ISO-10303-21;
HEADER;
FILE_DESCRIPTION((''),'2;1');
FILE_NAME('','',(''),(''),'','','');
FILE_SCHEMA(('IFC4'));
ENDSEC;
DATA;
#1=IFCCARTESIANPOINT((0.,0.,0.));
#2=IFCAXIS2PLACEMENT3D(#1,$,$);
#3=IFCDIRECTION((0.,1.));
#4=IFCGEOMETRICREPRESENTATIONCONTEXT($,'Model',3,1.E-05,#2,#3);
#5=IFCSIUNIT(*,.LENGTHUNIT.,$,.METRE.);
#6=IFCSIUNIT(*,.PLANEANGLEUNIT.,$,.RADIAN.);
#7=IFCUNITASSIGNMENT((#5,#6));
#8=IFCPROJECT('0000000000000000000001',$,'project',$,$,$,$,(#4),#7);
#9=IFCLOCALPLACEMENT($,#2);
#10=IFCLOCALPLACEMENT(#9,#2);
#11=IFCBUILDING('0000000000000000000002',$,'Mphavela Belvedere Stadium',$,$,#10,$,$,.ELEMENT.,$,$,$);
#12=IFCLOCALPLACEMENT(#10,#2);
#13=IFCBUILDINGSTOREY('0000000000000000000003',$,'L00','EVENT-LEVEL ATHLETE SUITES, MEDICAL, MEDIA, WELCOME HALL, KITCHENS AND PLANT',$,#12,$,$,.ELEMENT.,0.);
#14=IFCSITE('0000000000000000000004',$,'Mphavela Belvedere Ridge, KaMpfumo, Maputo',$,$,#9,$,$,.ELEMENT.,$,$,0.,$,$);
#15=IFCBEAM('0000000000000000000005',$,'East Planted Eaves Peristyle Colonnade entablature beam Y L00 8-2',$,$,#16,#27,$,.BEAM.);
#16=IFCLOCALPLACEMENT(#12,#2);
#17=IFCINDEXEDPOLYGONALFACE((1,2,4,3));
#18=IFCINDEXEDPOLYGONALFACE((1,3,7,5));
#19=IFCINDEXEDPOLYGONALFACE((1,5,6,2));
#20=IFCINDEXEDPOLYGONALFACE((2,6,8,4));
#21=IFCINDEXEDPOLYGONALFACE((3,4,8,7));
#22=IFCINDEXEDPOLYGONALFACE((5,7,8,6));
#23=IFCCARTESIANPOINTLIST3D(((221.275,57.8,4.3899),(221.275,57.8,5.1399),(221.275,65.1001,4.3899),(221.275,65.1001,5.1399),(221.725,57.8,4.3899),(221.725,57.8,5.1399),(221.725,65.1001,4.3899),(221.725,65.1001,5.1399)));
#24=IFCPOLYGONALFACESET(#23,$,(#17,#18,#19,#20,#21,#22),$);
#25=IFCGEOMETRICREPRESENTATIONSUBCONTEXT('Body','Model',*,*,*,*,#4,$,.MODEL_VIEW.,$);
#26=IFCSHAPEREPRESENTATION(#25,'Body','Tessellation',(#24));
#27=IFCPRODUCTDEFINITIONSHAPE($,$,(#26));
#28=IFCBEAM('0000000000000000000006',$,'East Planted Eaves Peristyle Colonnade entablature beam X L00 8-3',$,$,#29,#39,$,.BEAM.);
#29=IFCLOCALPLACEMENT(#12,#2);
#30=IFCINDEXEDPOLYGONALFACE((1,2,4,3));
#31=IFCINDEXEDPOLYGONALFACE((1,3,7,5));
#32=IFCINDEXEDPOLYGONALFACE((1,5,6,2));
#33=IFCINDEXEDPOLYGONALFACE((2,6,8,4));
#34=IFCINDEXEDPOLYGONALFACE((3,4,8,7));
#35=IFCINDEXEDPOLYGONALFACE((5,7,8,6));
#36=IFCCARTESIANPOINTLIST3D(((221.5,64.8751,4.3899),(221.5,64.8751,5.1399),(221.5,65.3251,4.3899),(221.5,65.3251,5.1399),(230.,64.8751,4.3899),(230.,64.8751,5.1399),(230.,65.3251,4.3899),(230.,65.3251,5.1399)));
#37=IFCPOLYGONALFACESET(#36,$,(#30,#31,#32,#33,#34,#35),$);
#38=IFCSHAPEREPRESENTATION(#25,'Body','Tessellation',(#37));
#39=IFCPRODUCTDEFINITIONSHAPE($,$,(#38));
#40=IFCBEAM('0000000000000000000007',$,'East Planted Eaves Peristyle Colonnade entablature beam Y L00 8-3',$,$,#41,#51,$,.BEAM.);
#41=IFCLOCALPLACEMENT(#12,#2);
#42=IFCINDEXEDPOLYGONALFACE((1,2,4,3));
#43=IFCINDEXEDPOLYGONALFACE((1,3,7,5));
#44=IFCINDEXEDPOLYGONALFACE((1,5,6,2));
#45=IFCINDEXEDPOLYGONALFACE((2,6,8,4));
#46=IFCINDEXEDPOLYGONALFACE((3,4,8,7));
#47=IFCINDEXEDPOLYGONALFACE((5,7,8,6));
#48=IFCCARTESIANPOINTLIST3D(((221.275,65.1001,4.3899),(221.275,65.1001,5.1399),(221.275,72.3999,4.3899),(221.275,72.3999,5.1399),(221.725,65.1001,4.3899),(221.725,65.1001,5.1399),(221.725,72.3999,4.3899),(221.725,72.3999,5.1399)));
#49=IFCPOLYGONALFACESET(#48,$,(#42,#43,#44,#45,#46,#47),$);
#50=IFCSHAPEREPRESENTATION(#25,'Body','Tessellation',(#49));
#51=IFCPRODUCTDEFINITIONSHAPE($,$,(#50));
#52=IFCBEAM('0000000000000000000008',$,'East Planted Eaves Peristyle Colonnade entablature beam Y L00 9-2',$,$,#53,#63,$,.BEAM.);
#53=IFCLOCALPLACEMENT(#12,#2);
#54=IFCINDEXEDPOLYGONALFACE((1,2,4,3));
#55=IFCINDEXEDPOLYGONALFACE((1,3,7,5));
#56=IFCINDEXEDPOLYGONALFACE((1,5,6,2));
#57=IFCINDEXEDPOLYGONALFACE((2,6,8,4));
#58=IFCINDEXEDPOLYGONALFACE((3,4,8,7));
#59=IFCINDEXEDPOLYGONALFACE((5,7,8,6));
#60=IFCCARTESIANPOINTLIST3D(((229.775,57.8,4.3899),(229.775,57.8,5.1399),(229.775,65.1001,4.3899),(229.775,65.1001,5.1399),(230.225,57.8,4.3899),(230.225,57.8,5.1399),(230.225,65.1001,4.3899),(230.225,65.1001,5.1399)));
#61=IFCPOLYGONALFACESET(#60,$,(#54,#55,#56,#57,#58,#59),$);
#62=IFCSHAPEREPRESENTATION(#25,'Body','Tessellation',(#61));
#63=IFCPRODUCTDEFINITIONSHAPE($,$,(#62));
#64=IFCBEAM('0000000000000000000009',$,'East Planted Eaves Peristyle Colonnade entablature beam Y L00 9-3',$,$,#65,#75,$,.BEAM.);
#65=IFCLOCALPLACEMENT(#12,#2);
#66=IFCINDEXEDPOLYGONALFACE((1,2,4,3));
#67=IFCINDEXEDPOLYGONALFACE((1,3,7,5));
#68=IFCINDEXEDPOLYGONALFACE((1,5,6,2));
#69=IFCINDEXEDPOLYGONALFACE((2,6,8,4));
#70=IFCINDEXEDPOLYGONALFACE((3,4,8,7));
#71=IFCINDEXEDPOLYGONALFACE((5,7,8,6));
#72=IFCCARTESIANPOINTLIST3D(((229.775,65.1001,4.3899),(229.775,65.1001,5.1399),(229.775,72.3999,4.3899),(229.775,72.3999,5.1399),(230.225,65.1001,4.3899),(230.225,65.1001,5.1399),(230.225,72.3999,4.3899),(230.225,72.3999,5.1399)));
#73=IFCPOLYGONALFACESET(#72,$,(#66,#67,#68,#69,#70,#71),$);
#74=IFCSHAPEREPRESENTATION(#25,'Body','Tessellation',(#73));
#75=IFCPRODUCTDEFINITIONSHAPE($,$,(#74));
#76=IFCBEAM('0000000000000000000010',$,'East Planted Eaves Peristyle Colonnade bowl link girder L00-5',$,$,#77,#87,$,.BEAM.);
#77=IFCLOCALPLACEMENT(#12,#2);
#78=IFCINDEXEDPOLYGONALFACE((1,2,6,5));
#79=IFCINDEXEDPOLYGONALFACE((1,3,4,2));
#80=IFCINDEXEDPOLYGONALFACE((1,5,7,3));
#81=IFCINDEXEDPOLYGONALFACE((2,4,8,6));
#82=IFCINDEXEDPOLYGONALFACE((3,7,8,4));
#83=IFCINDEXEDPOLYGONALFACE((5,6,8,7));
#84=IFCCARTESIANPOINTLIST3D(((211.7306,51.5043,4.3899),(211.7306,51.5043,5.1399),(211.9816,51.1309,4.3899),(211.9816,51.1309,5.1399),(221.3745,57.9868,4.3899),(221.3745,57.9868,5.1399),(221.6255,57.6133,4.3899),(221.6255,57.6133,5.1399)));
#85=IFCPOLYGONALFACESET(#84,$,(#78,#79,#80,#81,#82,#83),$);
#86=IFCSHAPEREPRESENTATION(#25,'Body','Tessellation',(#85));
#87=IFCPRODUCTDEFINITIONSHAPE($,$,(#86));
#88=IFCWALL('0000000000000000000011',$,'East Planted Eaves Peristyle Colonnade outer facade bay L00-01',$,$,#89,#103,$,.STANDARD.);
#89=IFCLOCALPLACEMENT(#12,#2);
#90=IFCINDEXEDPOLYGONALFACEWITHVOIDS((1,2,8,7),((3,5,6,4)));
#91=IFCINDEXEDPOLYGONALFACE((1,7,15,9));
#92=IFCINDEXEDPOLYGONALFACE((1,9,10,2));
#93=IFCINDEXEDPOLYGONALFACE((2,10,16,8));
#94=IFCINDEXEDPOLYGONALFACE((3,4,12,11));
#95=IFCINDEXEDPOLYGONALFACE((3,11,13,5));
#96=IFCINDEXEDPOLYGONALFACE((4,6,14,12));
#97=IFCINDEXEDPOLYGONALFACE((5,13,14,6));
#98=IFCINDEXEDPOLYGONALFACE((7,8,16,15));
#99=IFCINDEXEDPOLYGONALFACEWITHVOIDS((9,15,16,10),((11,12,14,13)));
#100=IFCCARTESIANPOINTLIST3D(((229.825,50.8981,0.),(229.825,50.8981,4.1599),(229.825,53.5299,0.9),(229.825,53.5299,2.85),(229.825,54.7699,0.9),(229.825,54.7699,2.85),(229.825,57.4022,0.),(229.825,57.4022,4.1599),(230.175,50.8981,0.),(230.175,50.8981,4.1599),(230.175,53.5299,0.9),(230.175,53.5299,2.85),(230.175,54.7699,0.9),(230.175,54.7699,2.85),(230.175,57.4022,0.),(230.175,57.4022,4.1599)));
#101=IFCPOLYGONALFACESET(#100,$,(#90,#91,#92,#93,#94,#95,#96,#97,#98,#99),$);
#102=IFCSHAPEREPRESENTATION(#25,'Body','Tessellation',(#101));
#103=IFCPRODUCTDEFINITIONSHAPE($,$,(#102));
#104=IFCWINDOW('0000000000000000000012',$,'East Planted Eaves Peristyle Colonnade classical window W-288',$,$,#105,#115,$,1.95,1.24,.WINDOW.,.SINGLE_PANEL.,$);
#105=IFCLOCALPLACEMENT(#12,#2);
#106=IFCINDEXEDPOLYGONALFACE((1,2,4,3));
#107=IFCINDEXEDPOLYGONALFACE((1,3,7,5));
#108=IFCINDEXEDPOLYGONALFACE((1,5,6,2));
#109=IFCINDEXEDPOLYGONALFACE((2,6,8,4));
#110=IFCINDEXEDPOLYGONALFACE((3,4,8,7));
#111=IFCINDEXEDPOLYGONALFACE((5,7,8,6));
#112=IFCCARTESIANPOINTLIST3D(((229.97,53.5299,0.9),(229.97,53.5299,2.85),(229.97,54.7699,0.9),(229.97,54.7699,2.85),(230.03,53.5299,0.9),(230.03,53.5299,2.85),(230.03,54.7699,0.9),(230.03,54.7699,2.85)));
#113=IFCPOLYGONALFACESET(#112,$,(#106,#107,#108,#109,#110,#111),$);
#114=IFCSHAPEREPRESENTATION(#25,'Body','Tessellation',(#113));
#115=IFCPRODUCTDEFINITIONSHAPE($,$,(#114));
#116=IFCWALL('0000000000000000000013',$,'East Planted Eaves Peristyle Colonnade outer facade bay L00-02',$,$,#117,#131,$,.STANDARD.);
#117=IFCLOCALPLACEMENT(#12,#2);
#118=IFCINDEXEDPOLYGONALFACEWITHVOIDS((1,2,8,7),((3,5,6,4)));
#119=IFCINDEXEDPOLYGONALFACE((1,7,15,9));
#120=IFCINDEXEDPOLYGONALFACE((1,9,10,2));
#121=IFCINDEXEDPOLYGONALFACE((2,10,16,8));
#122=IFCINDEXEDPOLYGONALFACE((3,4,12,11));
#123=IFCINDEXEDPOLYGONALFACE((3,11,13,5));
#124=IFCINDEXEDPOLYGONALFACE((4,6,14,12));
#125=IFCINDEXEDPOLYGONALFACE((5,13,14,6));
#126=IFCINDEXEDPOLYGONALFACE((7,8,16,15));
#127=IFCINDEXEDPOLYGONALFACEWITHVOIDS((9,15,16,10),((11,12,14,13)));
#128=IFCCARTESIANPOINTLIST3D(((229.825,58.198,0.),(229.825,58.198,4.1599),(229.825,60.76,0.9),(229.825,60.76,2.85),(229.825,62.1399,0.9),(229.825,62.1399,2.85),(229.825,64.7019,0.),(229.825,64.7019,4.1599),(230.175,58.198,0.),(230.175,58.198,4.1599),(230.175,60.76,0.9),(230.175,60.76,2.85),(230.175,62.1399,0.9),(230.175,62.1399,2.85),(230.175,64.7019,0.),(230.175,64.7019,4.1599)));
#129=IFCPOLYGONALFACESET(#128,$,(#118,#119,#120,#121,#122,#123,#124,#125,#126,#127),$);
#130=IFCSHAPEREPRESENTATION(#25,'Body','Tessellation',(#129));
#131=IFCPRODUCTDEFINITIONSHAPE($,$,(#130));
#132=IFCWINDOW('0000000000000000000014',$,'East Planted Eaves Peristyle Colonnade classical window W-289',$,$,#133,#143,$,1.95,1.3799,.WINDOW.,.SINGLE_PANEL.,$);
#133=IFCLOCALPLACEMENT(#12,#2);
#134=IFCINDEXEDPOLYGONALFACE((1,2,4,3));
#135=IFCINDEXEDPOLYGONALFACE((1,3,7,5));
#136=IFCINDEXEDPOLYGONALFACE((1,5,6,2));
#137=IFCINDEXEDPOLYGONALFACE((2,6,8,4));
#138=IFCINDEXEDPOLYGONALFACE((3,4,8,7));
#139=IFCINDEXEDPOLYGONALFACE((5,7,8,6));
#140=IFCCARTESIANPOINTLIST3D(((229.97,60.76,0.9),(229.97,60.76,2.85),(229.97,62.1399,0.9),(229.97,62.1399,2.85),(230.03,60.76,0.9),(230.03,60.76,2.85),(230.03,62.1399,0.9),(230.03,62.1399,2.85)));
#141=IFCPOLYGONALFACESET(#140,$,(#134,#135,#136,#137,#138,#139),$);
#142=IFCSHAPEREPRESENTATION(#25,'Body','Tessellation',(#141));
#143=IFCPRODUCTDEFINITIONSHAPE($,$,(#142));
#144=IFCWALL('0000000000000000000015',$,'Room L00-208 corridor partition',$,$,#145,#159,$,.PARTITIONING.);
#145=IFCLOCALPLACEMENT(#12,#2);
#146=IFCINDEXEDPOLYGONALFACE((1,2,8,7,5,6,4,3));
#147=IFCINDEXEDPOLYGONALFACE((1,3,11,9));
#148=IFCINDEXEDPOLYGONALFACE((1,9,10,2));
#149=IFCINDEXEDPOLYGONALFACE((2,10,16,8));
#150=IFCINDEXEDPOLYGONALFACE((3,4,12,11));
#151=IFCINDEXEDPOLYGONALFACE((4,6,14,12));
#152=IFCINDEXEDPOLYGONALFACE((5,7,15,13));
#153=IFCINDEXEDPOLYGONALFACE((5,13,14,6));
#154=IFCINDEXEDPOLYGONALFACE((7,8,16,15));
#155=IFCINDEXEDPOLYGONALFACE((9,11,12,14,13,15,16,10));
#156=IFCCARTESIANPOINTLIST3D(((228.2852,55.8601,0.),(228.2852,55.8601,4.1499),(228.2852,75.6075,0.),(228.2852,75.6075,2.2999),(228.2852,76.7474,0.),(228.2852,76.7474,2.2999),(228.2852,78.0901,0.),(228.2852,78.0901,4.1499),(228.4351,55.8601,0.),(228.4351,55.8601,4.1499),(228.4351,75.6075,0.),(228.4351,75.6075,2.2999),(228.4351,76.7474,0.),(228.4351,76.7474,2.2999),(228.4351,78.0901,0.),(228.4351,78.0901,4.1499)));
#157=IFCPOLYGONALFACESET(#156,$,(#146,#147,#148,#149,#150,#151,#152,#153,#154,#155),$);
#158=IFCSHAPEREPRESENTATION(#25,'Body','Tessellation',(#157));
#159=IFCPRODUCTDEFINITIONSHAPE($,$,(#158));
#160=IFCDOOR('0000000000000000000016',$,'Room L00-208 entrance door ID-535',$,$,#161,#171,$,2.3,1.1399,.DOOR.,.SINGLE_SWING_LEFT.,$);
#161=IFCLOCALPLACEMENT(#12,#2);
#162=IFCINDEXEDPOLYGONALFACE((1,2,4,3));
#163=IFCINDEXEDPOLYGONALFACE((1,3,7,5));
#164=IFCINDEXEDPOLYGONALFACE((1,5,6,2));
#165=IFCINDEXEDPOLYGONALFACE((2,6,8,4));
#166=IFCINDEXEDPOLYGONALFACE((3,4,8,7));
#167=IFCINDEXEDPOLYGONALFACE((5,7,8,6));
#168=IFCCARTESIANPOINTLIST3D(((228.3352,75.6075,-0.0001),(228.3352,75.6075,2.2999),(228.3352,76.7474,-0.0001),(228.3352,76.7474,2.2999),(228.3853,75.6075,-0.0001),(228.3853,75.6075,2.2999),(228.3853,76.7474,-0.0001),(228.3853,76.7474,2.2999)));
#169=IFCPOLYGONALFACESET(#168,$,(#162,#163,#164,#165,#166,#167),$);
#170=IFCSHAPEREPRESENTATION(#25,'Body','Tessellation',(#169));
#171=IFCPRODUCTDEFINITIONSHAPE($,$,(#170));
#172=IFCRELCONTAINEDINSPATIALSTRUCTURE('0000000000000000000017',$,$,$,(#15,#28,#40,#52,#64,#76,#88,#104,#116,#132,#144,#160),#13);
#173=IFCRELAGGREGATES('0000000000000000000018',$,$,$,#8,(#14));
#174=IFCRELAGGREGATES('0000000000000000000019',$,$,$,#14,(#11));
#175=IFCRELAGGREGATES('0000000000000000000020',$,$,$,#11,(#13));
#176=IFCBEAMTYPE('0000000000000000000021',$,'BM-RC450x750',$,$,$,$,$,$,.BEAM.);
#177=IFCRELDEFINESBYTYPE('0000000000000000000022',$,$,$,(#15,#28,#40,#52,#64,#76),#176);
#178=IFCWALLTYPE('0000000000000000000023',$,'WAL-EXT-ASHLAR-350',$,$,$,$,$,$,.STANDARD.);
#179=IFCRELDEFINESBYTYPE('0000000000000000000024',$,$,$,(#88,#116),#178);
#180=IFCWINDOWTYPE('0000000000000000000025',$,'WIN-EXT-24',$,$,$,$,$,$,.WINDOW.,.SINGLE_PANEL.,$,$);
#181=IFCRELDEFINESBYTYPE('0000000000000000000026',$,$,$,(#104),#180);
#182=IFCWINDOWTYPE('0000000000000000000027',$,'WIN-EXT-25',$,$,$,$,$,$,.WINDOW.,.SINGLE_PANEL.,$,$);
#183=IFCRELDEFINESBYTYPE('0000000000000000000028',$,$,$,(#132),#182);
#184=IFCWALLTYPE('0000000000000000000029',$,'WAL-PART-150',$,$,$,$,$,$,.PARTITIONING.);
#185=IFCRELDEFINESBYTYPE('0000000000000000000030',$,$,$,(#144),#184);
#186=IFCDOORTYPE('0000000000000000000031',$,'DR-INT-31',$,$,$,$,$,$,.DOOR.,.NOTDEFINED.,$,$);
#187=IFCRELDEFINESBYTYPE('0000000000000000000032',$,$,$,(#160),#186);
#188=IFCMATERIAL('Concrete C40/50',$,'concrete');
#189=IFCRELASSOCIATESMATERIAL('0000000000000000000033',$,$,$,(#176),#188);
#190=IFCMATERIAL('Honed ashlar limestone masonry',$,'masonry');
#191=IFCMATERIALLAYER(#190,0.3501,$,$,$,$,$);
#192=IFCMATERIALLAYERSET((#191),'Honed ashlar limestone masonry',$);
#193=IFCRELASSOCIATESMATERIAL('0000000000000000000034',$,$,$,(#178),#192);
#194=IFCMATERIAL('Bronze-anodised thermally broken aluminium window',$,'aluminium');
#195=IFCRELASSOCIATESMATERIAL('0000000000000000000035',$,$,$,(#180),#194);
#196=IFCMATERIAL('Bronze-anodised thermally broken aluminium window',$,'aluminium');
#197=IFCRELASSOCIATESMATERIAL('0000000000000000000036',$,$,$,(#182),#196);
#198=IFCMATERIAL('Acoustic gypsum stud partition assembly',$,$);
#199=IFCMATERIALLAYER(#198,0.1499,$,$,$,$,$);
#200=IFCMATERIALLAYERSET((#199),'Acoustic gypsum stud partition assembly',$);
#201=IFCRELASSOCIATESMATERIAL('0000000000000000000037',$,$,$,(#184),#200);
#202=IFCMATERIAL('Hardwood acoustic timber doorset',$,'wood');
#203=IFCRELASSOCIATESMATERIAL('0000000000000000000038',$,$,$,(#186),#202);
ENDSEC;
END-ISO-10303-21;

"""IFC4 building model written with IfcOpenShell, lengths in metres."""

from ifc_helpers import new_model, si_unit, direction, frame, frame_2d, origin, origin_2d, place, context, subcontext, project, spatial, rectangle, extrude, material, layer, layer_set, material_profile, profile_set, type_object, element, fill, save


model = new_model("IFC4")

# Units and contexts
model_context = context("Model", 3, precision=1e-05, world=origin(), true_north=direction((0.0, 1.0)))
body_context = subcontext(model_context, "Body", "Model", "MODEL_VIEW")
ifc_project = project(units=[si_unit("LENGTHUNIT", "METRE"), si_unit("PLANEANGLEUNIT", "RADIAN")], contexts=[model_context])

# Site, building, storey
site_placement = place(None, origin())
site = spatial("IfcSite", under=ifc_project, at=site_placement, Name="Mphavela Belvedere Ridge, KaMpfumo, Maputo", CompositionType="ELEMENT", RefElevation=0.0)
building_placement = place(site_placement, origin())
building = spatial("IfcBuilding", under=site, at=building_placement, Name="Mphavela Belvedere Stadium", CompositionType="ELEMENT")
storey_placement = place(building_placement, origin())
storey = spatial("IfcBuildingStorey", under=building, at=storey_placement, Name="L00", Description="EVENT-LEVEL ATHLETE SUITES, MEDICAL, MEDIA, WELCOME HALL, KITCHENS AND PLANT", CompositionType="ELEMENT", Elevation=0.0)

# Beams
ifc_material_1 = material(Name="Concrete C40/50", Category="concrete")
ifc_material_profile_1 = material_profile(ifc_material_1, rectangle(XDim=0.45, YDim=0.75, at=origin_2d()), Name="RC 450x750")
ifc_profile_set_1 = profile_set([ifc_material_profile_1], Name="Concrete C40/50")
beam_type_1 = type_object("IfcBeamType", Name="BM-RC450x750", PredefinedType="BEAM", material=ifc_profile_set_1)
beam_1_placement = place(storey_placement, frame((221.5, 57.8, 4.7649), z_axis=(0.0, 1.0, 0.0), x_axis=(-1.0, 0.0, 0.0)))
element("IfcBeam", 1, at=beam_1_placement, inside=storey, type_object=beam_type_1, Name="East Planted Eaves Peristyle Colonnade entablature beam Y L00 8-2", PredefinedType="BEAM", context=body_context, shape_type="SweptSolid", body=[
    extrude(rectangle(XDim=0.45, YDim=0.75, at=origin_2d()), origin(), (0.0, 0.0, 1.0), 7.3),
])
beam_2_placement = place(storey_placement, frame((221.5, 65.1001, 4.7649), z_axis=(1.0, 0.0, 0.0), x_axis=(0.0, 1.0, 0.0)))
element("IfcBeam", 2, at=beam_2_placement, inside=storey, type_object=beam_type_1, Name="East Planted Eaves Peristyle Colonnade entablature beam X L00 8-3", PredefinedType="BEAM", context=body_context, shape_type="SweptSolid", body=[
    extrude(rectangle(XDim=0.45, YDim=0.75, at=origin_2d()), origin(), (0.0, 0.0, 1.0), 8.5),
])
beam_3_placement = place(storey_placement, frame((221.5, 65.1001, 4.7649), z_axis=(0.0, 1.0, 0.0), x_axis=(-1.0, 0.0, 0.0)))
element("IfcBeam", 3, at=beam_3_placement, inside=storey, type_object=beam_type_1, Name="East Planted Eaves Peristyle Colonnade entablature beam Y L00 8-3", PredefinedType="BEAM", context=body_context, shape_type="SweptSolid", body=[
    extrude(rectangle(XDim=0.45, YDim=0.75, at=origin_2d()), origin(), (0.0, 0.0, 1.0), 7.2998),
])
beam_4_placement = place(storey_placement, frame((230.0, 57.8, 4.7649), z_axis=(0.0, 1.0, 0.0), x_axis=(-1.0, 0.0, 0.0)))
element("IfcBeam", 4, at=beam_4_placement, inside=storey, type_object=beam_type_1, Name="East Planted Eaves Peristyle Colonnade entablature beam Y L00 9-2", PredefinedType="BEAM", context=body_context, shape_type="SweptSolid", body=[
    extrude(rectangle(XDim=0.45, YDim=0.75, at=origin_2d()), origin(), (0.0, 0.0, 1.0), 7.3),
])
beam_5_placement = place(storey_placement, frame((230.0, 65.1001, 4.7649), z_axis=(0.0, 1.0, 0.0), x_axis=(-1.0, 0.0, 0.0)))
element("IfcBeam", 5, at=beam_5_placement, inside=storey, type_object=beam_type_1, Name="East Planted Eaves Peristyle Colonnade entablature beam Y L00 9-3", PredefinedType="BEAM", context=body_context, shape_type="SweptSolid", body=[
    extrude(rectangle(XDim=0.45, YDim=0.75, at=origin_2d()), origin(), (0.0, 0.0, 1.0), 7.2998),
])
beam_6_placement = place(storey_placement, frame((221.5, 57.8, 4.7649), z_axis=(-0.82993, -0.557867, 0.0), x_axis=(0.557867, -0.82993, 0.0)))
element("IfcBeam", 6, at=beam_6_placement, inside=storey, type_object=beam_type_1, Name="East Planted Eaves Peristyle Colonnade bowl link girder L00-5", PredefinedType="BEAM", context=body_context, shape_type="SweptSolid", body=[
    extrude(rectangle(XDim=0.45, YDim=0.75, at=origin_2d()), origin(), (0.0, 0.0, 1.0), 11.6201),
])

# Walls, openings, windows
ifc_material_2 = material(Name="Honed ashlar limestone masonry", Category="masonry")
ifc_layer_1 = layer(ifc_material_2, 0.3501)
ifc_layer_set_1 = layer_set([ifc_layer_1], Name="Honed ashlar limestone masonry")
wall_type_1 = type_object("IfcWallType", Name="WAL-EXT-ASHLAR-350", PredefinedType="STANDARD", material=ifc_layer_set_1)
wall_1_placement = place(storey_placement, frame((230.0, 57.4021, 0.0), z_axis=(0.0, 0.0, 1.0), x_axis=(0.0, -1.0, 0.0)))
wall_1 = element("IfcWall", 7, at=wall_1_placement, inside=storey, type_object=wall_type_1, Name="East Planted Eaves Peristyle Colonnade outer facade bay L00-01", PredefinedType="STANDARD", context=body_context, shape_type="SweptSolid", body=[
    extrude(rectangle(XDim=6.5042, YDim=0.3501, at=frame_2d((3.252, 0.0))), origin(), (0.0, 0.0, 1.0), 4.1599),
])
opening_1_placement = place(wall_1_placement, frame((2.6321, 0.0, 0.8999)))
opening_1 = element("IfcOpeningElement", 8, at=opening_1_placement, cuts=wall_1, PredefinedType="OPENING", context=body_context, shape_type="SweptSolid", body=[
    extrude(rectangle(XDim=1.24, YDim=1.95, at=frame_2d((0.6201, 0.9751))), frame((0.0, 0.1851, 0.0), z_axis=(0.0, -1.0, 0.0), x_axis=(1.0, 0.0, 0.0)), (0.0, 0.0, 1.0), 0.3701),
])
ifc_material_3 = material(Name="Bronze-anodised thermally broken aluminium window", Category="aluminium")
window_type_1 = type_object("IfcWindowType", Name="WIN-EXT-24", PartitioningType="SINGLE_PANEL", PredefinedType="WINDOW", material=ifc_material_3)
window_1_placement = place(opening_1_placement, origin())
window_1 = element("IfcWindow", 9, at=window_1_placement, inside=storey, type_object=window_type_1, Name="East Planted Eaves Peristyle Colonnade classical window W-288", OverallHeight=1.95, OverallWidth=1.24, PartitioningType="SINGLE_PANEL", PredefinedType="WINDOW", context=body_context, shape_type="SweptSolid", body=[
    extrude(rectangle(XDim=1.24, YDim=1.95, at=frame_2d((0.6201, 0.9751))), frame((0.0, 0.03, 0.0), z_axis=(0.0, -1.0, 0.0), x_axis=(1.0, 0.0, 0.0)), (0.0, 0.0, 1.0), 0.0601),
])
fill(opening_1, window_1)
wall_2_placement = place(storey_placement, frame((230.0, 64.7019, 0.0), z_axis=(0.0, 0.0, 1.0), x_axis=(0.0, -1.0, 0.0)))
wall_2 = element("IfcWall", 10, at=wall_2_placement, inside=storey, type_object=wall_type_1, Name="East Planted Eaves Peristyle Colonnade outer facade bay L00-02", PredefinedType="STANDARD", context=body_context, shape_type="SweptSolid", body=[
    extrude(rectangle(XDim=6.5039, YDim=0.3501, at=frame_2d((3.252, 0.0))), origin(), (0.0, 0.0, 1.0), 4.1599),
])
opening_2_placement = place(wall_2_placement, frame((2.562, 0.0, 0.8999)))
opening_2 = element("IfcOpeningElement", 11, at=opening_2_placement, cuts=wall_2, PredefinedType="OPENING", context=body_context, shape_type="SweptSolid", body=[
    extrude(rectangle(XDim=1.3799, YDim=1.95, at=frame_2d((0.6899, 0.9751))), frame((0.0, 0.1851, 0.0), z_axis=(0.0, -1.0, 0.0), x_axis=(1.0, 0.0, 0.0)), (0.0, 0.0, 1.0), 0.3701),
])
ifc_material_4 = material(Name="Bronze-anodised thermally broken aluminium window", Category="aluminium")
window_type_2 = type_object("IfcWindowType", Name="WIN-EXT-25", PartitioningType="SINGLE_PANEL", PredefinedType="WINDOW", material=ifc_material_4)
window_2_placement = place(opening_2_placement, origin())
window_2 = element("IfcWindow", 12, at=window_2_placement, inside=storey, type_object=window_type_2, Name="East Planted Eaves Peristyle Colonnade classical window W-289", OverallHeight=1.95, OverallWidth=1.3799, PartitioningType="SINGLE_PANEL", PredefinedType="WINDOW", context=body_context, shape_type="SweptSolid", body=[
    extrude(rectangle(XDim=1.3799, YDim=1.95, at=frame_2d((0.6899, 0.9751))), frame((0.0, 0.03, 0.0), z_axis=(0.0, -1.0, 0.0), x_axis=(1.0, 0.0, 0.0)), (0.0, 0.0, 1.0), 0.0601),
])
fill(opening_2, window_2)

# Wall, opening, door
ifc_material_5 = material(Name="Acoustic gypsum stud partition assembly")
ifc_layer_2 = layer(ifc_material_5, 0.1499)
ifc_layer_set_2 = layer_set([ifc_layer_2], Name="Acoustic gypsum stud partition assembly")
wall_type_2 = type_object("IfcWallType", Name="WAL-PART-150", PredefinedType="PARTITIONING", material=ifc_layer_set_2)
wall_3_placement = place(storey_placement, frame((228.3601, 55.8601, 0.0), z_axis=(0.0, 0.0, 1.0), x_axis=(0.0, 1.0, 0.0)))
wall_3 = element("IfcWall", 13, at=wall_3_placement, inside=storey, type_object=wall_type_2, Name="Room L00-208 corridor partition", PredefinedType="PARTITIONING", context=body_context, shape_type="SweptSolid", body=[
    extrude(rectangle(XDim=22.23, YDim=0.1499, at=frame_2d((11.115, 0.0))), origin(), (0.0, 0.0, 1.0), 4.1499),
])
opening_3_placement = place(wall_3_placement, frame((19.7476, 0.0, 0.0)))
opening_3 = element("IfcOpeningElement", 14, at=opening_3_placement, cuts=wall_3, PredefinedType="OPENING", context=body_context, shape_type="SweptSolid", body=[
    extrude(rectangle(XDim=1.1399, YDim=2.3, at=frame_2d((0.5698, 1.1499))), frame((0.0, 0.085, 0.0), z_axis=(0.0, -1.0, 0.0), x_axis=(1.0, 0.0, 0.0)), (0.0, 0.0, 1.0), 0.1699),
])
ifc_material_6 = material(Name="Hardwood acoustic timber doorset", Category="wood")
door_type = type_object("IfcDoorType", Name="DR-INT-31", OperationType="NOTDEFINED", PredefinedType="DOOR", material=ifc_material_6)
door_placement = place(opening_3_placement, origin())
door = element("IfcDoor", 15, at=door_placement, inside=storey, type_object=door_type, Name="Room L00-208 entrance door ID-535", OperationType="SINGLE_SWING_LEFT", OverallHeight=2.3, OverallWidth=1.1399, PredefinedType="DOOR", context=body_context, shape_type="SweptSolid", body=[
    extrude(rectangle(XDim=1.1399, YDim=2.3, at=frame_2d((0.5698, 1.1499))), frame((0.0, 0.0249, 0.0), z_axis=(0.0, -1.0, 0.0), x_axis=(1.0, 0.0, 0.0)), (0.0, 0.0, 1.0), 0.05),
])
fill(opening_3, door)

save(model, "model.ifc")
